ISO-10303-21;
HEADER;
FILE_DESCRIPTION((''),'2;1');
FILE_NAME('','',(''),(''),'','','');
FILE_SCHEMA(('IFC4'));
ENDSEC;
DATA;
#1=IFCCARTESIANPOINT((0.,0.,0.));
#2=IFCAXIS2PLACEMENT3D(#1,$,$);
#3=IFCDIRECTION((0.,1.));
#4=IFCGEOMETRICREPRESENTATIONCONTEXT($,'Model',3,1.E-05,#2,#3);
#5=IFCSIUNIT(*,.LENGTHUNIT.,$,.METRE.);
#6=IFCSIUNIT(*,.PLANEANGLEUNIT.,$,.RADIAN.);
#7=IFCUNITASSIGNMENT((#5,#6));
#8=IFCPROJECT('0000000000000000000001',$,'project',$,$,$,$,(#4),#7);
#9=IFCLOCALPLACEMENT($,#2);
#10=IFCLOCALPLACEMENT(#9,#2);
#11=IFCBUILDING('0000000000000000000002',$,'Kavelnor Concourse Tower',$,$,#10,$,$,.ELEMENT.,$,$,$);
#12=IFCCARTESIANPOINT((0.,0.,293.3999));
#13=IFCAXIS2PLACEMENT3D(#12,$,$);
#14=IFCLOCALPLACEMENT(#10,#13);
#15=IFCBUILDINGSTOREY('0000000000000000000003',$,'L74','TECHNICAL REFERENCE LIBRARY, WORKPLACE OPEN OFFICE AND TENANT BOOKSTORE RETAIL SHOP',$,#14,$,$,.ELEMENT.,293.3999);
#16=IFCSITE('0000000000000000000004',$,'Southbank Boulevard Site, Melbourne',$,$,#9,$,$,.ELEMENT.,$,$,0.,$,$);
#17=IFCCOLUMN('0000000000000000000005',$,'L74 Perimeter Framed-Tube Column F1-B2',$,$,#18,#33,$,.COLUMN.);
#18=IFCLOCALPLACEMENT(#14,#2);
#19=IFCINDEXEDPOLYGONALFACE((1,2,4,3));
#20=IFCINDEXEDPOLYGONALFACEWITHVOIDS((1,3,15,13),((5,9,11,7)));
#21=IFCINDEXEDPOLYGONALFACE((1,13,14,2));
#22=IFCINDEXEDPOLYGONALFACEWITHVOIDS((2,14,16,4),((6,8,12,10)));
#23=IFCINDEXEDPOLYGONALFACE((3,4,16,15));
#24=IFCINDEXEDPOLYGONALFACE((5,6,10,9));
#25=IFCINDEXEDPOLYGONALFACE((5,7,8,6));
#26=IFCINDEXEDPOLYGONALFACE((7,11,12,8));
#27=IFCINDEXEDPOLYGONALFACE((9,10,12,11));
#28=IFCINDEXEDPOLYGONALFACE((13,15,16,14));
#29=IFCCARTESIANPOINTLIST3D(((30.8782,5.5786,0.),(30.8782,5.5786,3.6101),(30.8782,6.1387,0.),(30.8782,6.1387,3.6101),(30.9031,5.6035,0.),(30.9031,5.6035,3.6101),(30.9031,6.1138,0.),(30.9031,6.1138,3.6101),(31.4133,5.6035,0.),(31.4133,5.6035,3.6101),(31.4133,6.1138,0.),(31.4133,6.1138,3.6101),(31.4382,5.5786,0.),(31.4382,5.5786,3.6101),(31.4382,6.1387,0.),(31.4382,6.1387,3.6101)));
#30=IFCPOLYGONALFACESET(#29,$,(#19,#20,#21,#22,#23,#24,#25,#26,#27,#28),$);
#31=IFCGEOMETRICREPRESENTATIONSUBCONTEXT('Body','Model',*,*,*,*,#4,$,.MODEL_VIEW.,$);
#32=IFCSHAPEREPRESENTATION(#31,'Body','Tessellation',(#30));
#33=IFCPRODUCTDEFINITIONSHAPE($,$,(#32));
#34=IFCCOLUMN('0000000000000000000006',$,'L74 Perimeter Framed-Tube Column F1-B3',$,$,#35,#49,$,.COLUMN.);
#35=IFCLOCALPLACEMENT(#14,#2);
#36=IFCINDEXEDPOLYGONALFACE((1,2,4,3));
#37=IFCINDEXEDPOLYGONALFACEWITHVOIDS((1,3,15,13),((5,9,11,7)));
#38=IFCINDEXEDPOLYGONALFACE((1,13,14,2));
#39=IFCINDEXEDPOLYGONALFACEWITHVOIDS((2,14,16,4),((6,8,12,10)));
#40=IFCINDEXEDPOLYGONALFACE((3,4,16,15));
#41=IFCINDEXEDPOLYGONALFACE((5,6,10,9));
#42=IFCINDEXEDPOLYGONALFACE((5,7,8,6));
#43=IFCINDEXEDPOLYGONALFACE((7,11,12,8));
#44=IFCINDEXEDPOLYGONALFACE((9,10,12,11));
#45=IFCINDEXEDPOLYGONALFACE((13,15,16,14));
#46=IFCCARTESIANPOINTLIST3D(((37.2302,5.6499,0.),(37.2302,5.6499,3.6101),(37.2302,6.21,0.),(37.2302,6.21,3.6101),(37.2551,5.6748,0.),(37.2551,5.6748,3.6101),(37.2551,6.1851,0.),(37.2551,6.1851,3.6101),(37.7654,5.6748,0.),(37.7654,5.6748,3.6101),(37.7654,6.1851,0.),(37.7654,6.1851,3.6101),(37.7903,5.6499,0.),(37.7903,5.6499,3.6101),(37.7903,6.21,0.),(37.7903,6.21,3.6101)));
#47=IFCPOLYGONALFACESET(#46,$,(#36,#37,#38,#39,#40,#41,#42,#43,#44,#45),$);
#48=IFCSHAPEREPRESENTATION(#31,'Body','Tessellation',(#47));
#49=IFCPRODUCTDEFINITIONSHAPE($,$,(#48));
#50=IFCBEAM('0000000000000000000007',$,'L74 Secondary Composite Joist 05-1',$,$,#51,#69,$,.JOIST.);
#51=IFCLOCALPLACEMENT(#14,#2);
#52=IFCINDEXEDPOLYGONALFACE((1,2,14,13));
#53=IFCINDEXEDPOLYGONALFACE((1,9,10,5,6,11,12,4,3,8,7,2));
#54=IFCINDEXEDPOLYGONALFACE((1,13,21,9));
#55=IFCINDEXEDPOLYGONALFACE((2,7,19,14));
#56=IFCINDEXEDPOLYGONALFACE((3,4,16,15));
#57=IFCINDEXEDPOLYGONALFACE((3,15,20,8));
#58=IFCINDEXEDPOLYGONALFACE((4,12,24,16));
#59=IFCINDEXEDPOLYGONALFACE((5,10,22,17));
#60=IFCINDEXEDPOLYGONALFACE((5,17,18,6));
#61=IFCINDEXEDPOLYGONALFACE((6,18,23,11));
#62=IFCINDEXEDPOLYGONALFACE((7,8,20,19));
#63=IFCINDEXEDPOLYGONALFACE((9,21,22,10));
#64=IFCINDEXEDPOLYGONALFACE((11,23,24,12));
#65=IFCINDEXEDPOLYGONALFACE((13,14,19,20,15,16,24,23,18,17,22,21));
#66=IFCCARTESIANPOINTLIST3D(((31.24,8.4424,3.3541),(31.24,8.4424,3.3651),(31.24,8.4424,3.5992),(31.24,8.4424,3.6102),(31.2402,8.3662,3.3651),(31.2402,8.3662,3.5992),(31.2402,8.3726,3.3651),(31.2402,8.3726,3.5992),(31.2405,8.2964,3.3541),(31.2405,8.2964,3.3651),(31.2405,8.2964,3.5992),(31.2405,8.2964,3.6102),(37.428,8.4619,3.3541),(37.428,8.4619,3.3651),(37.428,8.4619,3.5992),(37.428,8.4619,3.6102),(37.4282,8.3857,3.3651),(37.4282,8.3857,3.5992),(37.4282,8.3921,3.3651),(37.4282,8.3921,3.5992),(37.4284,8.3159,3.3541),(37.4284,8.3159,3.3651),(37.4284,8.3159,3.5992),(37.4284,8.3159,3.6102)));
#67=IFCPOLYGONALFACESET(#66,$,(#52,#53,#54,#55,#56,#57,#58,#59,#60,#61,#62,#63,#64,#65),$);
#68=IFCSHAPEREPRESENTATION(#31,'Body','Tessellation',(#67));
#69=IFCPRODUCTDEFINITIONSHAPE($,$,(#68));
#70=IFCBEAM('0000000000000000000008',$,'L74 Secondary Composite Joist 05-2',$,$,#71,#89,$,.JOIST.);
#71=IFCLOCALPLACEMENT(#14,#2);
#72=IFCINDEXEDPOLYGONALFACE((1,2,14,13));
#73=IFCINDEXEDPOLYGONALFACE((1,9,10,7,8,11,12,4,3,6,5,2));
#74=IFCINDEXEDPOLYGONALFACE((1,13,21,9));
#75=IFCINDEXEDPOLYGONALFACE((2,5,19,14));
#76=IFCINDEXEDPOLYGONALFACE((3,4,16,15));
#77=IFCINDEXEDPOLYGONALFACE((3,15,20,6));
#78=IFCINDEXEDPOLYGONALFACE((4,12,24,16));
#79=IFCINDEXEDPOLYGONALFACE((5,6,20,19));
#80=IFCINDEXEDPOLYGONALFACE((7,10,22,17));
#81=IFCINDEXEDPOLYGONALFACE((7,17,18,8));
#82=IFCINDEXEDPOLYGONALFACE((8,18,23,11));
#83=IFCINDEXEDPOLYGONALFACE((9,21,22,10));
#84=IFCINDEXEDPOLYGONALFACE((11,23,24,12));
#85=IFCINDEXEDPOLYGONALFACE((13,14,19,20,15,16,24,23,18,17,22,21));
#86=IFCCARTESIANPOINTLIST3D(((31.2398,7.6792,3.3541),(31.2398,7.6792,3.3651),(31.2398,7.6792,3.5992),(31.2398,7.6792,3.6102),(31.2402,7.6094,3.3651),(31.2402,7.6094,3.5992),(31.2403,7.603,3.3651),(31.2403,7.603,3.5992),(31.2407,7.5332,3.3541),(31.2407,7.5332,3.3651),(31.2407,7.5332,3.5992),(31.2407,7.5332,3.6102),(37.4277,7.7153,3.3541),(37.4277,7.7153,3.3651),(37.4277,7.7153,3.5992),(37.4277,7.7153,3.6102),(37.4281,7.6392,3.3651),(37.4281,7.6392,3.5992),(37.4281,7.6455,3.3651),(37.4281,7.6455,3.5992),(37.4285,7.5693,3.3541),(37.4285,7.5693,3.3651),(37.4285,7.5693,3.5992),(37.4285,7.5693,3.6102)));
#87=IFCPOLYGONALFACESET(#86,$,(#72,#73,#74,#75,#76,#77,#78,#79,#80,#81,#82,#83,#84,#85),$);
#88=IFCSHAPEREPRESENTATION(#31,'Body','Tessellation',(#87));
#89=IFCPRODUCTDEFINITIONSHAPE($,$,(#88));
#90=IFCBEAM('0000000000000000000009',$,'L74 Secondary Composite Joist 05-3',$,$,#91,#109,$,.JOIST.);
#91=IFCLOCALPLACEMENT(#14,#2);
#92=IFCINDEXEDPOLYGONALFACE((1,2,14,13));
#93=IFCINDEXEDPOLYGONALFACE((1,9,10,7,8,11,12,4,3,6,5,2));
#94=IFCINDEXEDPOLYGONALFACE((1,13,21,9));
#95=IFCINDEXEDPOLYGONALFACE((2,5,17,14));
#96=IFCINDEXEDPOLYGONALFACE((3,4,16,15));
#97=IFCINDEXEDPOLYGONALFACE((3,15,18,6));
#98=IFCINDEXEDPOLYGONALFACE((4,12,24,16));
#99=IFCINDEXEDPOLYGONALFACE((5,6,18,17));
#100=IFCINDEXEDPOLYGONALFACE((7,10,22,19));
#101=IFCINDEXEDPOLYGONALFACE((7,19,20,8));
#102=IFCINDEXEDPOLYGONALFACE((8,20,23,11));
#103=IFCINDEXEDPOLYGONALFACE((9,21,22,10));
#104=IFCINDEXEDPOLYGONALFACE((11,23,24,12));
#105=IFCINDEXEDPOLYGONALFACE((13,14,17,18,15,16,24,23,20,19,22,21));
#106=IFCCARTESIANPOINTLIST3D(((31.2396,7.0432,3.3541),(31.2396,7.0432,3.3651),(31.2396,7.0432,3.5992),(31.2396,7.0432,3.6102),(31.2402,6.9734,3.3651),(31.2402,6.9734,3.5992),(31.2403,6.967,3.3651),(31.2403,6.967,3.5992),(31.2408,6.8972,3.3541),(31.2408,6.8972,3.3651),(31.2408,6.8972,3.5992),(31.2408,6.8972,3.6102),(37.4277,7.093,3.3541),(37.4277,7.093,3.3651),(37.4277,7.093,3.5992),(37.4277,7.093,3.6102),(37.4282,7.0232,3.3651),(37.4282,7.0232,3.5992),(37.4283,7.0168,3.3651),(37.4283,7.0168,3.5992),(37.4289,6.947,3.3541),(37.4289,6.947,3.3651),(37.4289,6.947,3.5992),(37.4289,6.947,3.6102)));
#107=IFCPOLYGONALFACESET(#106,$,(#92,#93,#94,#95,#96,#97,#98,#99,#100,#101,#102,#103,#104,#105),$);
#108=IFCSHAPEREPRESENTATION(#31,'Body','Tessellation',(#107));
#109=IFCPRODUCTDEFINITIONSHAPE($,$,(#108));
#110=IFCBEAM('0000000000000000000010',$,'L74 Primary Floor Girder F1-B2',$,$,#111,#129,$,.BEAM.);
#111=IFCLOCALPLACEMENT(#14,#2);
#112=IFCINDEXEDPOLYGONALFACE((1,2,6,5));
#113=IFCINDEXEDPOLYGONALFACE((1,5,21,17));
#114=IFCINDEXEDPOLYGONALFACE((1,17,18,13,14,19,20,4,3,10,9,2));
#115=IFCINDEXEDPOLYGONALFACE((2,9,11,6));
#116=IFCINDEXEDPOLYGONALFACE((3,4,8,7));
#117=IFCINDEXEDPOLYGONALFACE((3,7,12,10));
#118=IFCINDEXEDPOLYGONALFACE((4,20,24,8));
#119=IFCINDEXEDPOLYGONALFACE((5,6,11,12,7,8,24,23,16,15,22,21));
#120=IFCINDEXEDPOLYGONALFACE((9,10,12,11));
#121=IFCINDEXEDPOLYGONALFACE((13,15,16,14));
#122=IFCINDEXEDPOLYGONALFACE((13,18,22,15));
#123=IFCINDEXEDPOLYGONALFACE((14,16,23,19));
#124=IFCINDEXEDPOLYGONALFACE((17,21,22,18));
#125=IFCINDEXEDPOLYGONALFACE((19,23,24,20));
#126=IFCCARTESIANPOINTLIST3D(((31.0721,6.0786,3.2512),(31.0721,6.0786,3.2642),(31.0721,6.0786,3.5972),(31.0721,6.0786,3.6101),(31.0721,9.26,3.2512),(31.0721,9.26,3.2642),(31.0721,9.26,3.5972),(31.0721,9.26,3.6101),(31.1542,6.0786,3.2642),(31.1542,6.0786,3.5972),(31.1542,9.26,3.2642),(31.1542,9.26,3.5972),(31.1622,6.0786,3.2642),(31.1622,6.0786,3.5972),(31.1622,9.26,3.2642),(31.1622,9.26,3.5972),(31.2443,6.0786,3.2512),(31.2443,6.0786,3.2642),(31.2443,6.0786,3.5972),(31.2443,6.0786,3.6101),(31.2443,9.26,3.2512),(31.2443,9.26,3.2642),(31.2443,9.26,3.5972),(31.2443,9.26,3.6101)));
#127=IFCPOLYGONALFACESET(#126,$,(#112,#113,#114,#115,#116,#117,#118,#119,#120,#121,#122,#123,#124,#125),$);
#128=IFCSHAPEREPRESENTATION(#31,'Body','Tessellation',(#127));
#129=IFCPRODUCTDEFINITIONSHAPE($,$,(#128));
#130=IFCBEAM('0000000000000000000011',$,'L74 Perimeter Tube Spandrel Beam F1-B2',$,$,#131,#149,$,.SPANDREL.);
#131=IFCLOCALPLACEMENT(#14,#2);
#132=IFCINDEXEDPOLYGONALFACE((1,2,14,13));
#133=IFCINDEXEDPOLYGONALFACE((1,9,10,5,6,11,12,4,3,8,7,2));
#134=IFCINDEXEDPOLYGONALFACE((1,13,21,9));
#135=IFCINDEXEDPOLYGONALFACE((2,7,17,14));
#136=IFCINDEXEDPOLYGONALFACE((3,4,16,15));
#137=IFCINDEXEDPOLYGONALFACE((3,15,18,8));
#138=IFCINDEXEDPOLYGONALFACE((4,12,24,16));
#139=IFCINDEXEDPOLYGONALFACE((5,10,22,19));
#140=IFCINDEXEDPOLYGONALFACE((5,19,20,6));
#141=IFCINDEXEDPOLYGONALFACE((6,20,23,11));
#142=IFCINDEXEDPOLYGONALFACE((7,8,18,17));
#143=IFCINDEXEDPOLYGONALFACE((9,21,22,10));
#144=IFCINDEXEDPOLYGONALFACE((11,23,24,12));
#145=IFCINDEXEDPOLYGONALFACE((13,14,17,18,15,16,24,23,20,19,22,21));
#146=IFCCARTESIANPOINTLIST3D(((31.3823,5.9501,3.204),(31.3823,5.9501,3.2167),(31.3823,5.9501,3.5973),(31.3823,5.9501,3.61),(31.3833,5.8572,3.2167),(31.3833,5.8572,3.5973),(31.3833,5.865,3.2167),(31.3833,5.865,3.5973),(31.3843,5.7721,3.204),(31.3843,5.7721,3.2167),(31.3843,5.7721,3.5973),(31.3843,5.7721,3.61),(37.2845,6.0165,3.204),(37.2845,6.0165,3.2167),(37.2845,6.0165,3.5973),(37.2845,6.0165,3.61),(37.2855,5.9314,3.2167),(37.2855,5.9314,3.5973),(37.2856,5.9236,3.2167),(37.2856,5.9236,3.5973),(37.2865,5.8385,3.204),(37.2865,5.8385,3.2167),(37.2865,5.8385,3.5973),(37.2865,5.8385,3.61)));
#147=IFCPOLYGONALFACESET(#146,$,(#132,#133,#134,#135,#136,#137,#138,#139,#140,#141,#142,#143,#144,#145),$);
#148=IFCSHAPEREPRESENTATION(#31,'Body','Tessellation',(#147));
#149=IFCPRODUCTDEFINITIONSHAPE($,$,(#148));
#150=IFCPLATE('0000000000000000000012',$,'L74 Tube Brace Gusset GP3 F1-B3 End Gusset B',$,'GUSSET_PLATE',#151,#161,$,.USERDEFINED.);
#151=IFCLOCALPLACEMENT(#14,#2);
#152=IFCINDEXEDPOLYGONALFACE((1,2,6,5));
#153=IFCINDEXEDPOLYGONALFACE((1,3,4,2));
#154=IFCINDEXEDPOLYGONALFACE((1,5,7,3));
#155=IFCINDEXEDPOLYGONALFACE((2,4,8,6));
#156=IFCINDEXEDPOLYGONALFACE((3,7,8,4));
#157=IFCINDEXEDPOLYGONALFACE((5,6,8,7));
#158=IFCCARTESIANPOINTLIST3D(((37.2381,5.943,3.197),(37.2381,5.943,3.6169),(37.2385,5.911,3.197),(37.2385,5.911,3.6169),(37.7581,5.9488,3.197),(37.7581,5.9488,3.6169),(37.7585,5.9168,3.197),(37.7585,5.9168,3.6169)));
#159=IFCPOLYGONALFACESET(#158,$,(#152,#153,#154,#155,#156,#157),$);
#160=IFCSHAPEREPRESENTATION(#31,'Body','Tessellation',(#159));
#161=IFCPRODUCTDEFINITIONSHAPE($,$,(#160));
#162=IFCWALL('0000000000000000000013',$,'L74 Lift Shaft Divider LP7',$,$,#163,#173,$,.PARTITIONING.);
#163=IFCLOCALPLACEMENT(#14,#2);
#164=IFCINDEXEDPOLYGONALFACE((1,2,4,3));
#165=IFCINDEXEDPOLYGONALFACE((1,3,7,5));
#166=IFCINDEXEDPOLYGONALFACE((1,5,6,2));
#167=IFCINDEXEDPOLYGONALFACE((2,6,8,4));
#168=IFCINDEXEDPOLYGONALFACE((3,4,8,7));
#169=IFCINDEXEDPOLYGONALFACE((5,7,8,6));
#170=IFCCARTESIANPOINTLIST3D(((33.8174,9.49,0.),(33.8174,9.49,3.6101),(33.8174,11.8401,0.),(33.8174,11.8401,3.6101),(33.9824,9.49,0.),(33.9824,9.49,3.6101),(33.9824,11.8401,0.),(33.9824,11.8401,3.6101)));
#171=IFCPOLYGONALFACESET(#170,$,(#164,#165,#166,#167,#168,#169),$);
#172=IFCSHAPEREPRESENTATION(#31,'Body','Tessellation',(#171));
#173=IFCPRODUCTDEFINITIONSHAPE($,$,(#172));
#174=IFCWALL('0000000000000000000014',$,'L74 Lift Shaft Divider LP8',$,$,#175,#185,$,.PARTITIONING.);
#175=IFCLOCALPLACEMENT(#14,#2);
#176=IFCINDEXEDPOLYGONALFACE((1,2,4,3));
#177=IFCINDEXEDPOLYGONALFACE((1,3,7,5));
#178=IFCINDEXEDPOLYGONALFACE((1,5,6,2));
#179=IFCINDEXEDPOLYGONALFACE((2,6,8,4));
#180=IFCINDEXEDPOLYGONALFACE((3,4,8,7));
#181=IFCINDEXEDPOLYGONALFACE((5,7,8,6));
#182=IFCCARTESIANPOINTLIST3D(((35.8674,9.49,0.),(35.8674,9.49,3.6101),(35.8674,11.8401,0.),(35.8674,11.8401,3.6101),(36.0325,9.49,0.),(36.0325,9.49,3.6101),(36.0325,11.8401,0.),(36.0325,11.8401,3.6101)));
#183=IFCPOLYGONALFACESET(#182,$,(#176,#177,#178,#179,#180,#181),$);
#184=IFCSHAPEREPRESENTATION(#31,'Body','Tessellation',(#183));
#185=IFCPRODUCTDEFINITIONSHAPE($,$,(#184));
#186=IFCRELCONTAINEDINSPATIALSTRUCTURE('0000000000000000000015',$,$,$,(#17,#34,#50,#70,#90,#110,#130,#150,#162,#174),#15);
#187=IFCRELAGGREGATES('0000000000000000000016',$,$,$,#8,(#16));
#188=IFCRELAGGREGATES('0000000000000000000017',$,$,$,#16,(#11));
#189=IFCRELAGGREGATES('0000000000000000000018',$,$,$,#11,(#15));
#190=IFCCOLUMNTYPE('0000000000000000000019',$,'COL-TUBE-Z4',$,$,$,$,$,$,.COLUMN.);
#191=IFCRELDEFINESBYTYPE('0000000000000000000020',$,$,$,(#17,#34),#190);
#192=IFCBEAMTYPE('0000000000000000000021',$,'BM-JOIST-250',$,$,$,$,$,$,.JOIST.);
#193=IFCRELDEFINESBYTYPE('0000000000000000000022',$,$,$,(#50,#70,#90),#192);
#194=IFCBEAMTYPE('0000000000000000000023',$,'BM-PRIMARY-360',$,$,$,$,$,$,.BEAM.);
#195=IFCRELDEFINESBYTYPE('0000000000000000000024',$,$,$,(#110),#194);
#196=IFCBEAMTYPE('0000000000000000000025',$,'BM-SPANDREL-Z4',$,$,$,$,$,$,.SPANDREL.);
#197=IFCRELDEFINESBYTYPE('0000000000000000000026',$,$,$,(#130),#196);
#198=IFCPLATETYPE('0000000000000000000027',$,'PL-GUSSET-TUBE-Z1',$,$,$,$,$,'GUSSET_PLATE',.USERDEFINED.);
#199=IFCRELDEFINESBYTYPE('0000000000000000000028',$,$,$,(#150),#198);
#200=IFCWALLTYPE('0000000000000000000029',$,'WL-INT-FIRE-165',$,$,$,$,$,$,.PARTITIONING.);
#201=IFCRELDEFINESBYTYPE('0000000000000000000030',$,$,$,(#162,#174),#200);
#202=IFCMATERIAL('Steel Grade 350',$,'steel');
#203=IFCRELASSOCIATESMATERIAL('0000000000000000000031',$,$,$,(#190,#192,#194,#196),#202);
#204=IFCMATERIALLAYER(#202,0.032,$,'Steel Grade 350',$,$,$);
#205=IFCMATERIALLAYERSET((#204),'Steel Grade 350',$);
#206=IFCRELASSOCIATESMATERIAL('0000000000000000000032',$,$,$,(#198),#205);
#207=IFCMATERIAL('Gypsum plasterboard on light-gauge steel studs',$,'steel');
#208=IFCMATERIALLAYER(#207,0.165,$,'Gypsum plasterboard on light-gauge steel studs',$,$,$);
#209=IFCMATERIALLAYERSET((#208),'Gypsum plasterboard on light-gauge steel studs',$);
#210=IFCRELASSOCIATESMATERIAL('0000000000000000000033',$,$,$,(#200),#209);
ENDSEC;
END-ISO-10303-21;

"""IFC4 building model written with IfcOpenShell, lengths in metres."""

from ifc_helpers import new_model, si_unit, direction, frame, frame_2d, origin, origin_2d, place, context, subcontext, project, spatial, rectangle, hollow_rectangle, i_section, extrude, material, layer, layer_set, material_profile, profile_set, type_object, element, save


model = new_model("IFC4")

# Units and contexts
model_context = context("Model", 3, precision=1e-05, world=origin(), true_north=direction((0.0, 1.0)))
body_context = subcontext(model_context, "Body", "Model", "MODEL_VIEW")
ifc_project = project(units=[si_unit("LENGTHUNIT", "METRE"), si_unit("PLANEANGLEUNIT", "RADIAN")], contexts=[model_context])

# Site, building, storey
site_placement = place(None, origin())
site = spatial("IfcSite", under=ifc_project, at=site_placement, Name="Southbank Boulevard Site, Melbourne", CompositionType="ELEMENT", RefElevation=0.0)
building_placement = place(site_placement, origin())
building = spatial("IfcBuilding", under=site, at=building_placement, Name="Kavelnor Concourse Tower", CompositionType="ELEMENT")
storey_placement = place(building_placement, frame((0.0, 0.0, 293.3999)))
storey = spatial("IfcBuildingStorey", under=building, at=storey_placement, Name="L74", Description="TECHNICAL REFERENCE LIBRARY, WORKPLACE OPEN OFFICE AND TENANT BOOKSTORE RETAIL SHOP", CompositionType="ELEMENT", Elevation=293.3999)

# Columns
ifc_material_1 = material(Name="Steel Grade 350", Category="steel")
ifc_material_profile_1 = material_profile(ifc_material_1, hollow_rectangle(XDim=0.5601, YDim=0.5601, WallThickness=0.0249, at=origin_2d()), Name="SHS 560x560x25")
ifc_profile_set_1 = profile_set([ifc_material_profile_1], Name="Steel Grade 350")
column_type = type_object("IfcColumnType", Name="COL-TUBE-Z4", PredefinedType="COLUMN", material=ifc_profile_set_1)
for number, where, z_axis, x_axis, name in (
    (1, (31.1582, 5.8586, 0.0), (0.0, 0.0, 1.0), (1.0, 0.0, 0.0), "L74 Perimeter Framed-Tube Column F1-B2"),
    (2, (37.5103, 5.9299, 0.0), (0.0, 0.0, 1.0), (1.0, 0.0, 0.0), "L74 Perimeter Framed-Tube Column F1-B3"),
):
    element("IfcColumn", number, at=place(storey_placement, frame(where, z_axis=z_axis, x_axis=x_axis)), inside=storey, type_object=column_type, Name=name, PredefinedType="COLUMN", context=body_context, shape_type="SweptSolid", body=[
        extrude(hollow_rectangle(XDim=0.5601, YDim=0.5601, WallThickness=0.0249, at=origin_2d()), origin(), (0.0, 0.0, 1.0), 3.6101),
    ])

# Beams
ifc_material_profile_2 = material_profile(ifc_material_1, i_section(OverallWidth=0.146, OverallDepth=0.2561, WebThickness=0.0063, FlangeThickness=0.011, at=origin_2d()), Name="250UB37")
ifc_profile_set_2 = profile_set([ifc_material_profile_2], Name="Steel Grade 350")
beam_type_1 = type_object("IfcBeamType", Name="BM-JOIST-250", PredefinedType="JOIST", material=ifc_profile_set_2)
for number, where, z_axis, x_axis, name in (
    (3, (31.2402, 8.3694, 3.4822), (0.999995, 0.003156, 0.0), (-0.003156, 0.999995, 0.0), "L74 Secondary Composite Joist 05-1"),
    (4, (31.2402, 7.6062, 3.4822), (0.999983, 0.005839, 0.0), (-0.005839, 0.999983, 0.0), "L74 Secondary Composite Joist 05-2"),
):
    element("IfcBeam", number, at=place(storey_placement, frame(where, z_axis=z_axis, x_axis=x_axis)), inside=storey, type_object=beam_type_1, Name=name, PredefinedType="JOIST", context=body_context, shape_type="SweptSolid", body=[
        extrude(i_section(OverallWidth=0.146, OverallDepth=0.2561, WebThickness=0.0063, FlangeThickness=0.011, at=origin_2d()), origin(), (0.0, 0.0, 1.0), 6.188),
    ])
beam_1_placement = place(storey_placement, frame((31.2402, 6.9702, 3.4822), z_axis=(0.999968, 0.008048, 0.0), x_axis=(-0.008048, 0.999968, 0.0)))
element("IfcBeam", 5, at=beam_1_placement, inside=storey, type_object=beam_type_1, Name="L74 Secondary Composite Joist 05-3", PredefinedType="JOIST", context=body_context, shape_type="SweptSolid", body=[
    extrude(i_section(OverallWidth=0.146, OverallDepth=0.2561, WebThickness=0.0063, FlangeThickness=0.011, at=origin_2d()), origin(), (0.0, 0.0, 1.0), 6.1882),
])
ifc_material_profile_3 = material_profile(ifc_material_1, i_section(OverallWidth=0.1721, OverallDepth=0.3589, WebThickness=0.0081, FlangeThickness=0.0129, at=origin_2d()), Name="360UB56")
ifc_profile_set_3 = profile_set([ifc_material_profile_3], Name="Steel Grade 350")
beam_type_2 = type_object("IfcBeamType", Name="BM-PRIMARY-360", PredefinedType="BEAM", material=ifc_profile_set_3)
beam_2_placement = place(storey_placement, frame((31.1582, 9.26, 3.4307), z_axis=(0.0, -1.0, 0.0), x_axis=(1.0, 0.0, 0.0)))
element("IfcBeam", 6, at=beam_2_placement, inside=storey, type_object=beam_type_2, Name="L74 Primary Floor Girder F1-B2", PredefinedType="BEAM", context=body_context, shape_type="SweptSolid", body=[
    extrude(i_section(OverallWidth=0.1721, OverallDepth=0.3589, WebThickness=0.0081, FlangeThickness=0.0129, at=origin_2d()), origin(), (0.0, 0.0, 1.0), 3.1814),
])
ifc_material_profile_4 = material_profile(ifc_material_1, i_section(OverallWidth=0.178, OverallDepth=0.406, WebThickness=0.0078, FlangeThickness=0.0127, at=origin_2d()), Name="410UB59")
ifc_profile_set_4 = profile_set([ifc_material_profile_4], Name="Steel Grade 350")
beam_type_3 = type_object("IfcBeamType", Name="BM-SPANDREL-Z4", PredefinedType="SPANDREL", material=ifc_profile_set_4)
beam_3_placement = place(storey_placement, frame((31.3833, 5.8611, 3.407), z_axis=(0.999937, 0.011251, 0.0), x_axis=(-0.011251, 0.999937, 0.0)))
element("IfcBeam", 7, at=beam_3_placement, inside=storey, type_object=beam_type_3, Name="L74 Perimeter Tube Spandrel Beam F1-B2", PredefinedType="SPANDREL", context=body_context, shape_type="SweptSolid", body=[
    extrude(i_section(OverallWidth=0.178, OverallDepth=0.406, WebThickness=0.0078, FlangeThickness=0.0127, at=origin_2d()), origin(), (0.0, 0.0, 1.0), 5.9026),
])

# Plate
ifc_layer_1 = layer(ifc_material_1, 0.032, Name="Steel Grade 350")
ifc_layer_set_1 = layer_set([ifc_layer_1], Name="Steel Grade 350")
plate_type = type_object("IfcPlateType", Name="PL-GUSSET-TUBE-Z1", ElementType="GUSSET_PLATE", PredefinedType="USERDEFINED", material=ifc_layer_set_1)
plate_placement = place(storey_placement, frame((37.4983, 5.9299, 3.197), z_axis=(0.0, 0.0, 1.0), x_axis=(-0.999938, -0.01117, 0.0)))
element("IfcPlate", 8, at=plate_placement, inside=storey, type_object=plate_type, Name="L74 Tube Brace Gusset GP3 F1-B3 End Gusset B", ObjectType="GUSSET_PLATE", PredefinedType="USERDEFINED", context=body_context, shape_type="SweptSolid", body=[
    extrude(rectangle(XDim=0.52, YDim=0.032, at=origin_2d()), origin(), (0.0, 0.0, 1.0), 0.4199),
])

# Walls
ifc_material_2 = material(Name="Gypsum plasterboard on light-gauge steel studs", Category="steel")
ifc_layer_2 = layer(ifc_material_2, 0.165, Name="Gypsum plasterboard on light-gauge steel studs")
ifc_layer_set_2 = layer_set([ifc_layer_2], Name="Gypsum plasterboard on light-gauge steel studs")
wall_type_1 = type_object("IfcWallType", Name="WL-INT-FIRE-165", PredefinedType="PARTITIONING", material=ifc_layer_set_2)
for number, where, z_axis, x_axis, name in (
    (9, (33.8999, 9.49, 0.0), (0.0, 0.0, 1.0), (0.0, 1.0, 0.0), "L74 Lift Shaft Divider LP7"),
    (10, (35.95, 9.49, 0.0), (0.0, 0.0, 1.0), (0.0, 1.0, 0.0), "L74 Lift Shaft Divider LP8"),
):
    element("IfcWall", number, at=place(storey_placement, frame(where, z_axis=z_axis, x_axis=x_axis)), inside=storey, type_object=wall_type_1, Name=name, PredefinedType="PARTITIONING", context=body_context, shape_type="SweptSolid", body=[
        extrude(rectangle(XDim=2.3501, YDim=0.165, at=frame_2d((1.175, 0.0))), origin(), (0.0, 0.0, 1.0), 3.6101),
    ])

save(model, "model.ifc")
